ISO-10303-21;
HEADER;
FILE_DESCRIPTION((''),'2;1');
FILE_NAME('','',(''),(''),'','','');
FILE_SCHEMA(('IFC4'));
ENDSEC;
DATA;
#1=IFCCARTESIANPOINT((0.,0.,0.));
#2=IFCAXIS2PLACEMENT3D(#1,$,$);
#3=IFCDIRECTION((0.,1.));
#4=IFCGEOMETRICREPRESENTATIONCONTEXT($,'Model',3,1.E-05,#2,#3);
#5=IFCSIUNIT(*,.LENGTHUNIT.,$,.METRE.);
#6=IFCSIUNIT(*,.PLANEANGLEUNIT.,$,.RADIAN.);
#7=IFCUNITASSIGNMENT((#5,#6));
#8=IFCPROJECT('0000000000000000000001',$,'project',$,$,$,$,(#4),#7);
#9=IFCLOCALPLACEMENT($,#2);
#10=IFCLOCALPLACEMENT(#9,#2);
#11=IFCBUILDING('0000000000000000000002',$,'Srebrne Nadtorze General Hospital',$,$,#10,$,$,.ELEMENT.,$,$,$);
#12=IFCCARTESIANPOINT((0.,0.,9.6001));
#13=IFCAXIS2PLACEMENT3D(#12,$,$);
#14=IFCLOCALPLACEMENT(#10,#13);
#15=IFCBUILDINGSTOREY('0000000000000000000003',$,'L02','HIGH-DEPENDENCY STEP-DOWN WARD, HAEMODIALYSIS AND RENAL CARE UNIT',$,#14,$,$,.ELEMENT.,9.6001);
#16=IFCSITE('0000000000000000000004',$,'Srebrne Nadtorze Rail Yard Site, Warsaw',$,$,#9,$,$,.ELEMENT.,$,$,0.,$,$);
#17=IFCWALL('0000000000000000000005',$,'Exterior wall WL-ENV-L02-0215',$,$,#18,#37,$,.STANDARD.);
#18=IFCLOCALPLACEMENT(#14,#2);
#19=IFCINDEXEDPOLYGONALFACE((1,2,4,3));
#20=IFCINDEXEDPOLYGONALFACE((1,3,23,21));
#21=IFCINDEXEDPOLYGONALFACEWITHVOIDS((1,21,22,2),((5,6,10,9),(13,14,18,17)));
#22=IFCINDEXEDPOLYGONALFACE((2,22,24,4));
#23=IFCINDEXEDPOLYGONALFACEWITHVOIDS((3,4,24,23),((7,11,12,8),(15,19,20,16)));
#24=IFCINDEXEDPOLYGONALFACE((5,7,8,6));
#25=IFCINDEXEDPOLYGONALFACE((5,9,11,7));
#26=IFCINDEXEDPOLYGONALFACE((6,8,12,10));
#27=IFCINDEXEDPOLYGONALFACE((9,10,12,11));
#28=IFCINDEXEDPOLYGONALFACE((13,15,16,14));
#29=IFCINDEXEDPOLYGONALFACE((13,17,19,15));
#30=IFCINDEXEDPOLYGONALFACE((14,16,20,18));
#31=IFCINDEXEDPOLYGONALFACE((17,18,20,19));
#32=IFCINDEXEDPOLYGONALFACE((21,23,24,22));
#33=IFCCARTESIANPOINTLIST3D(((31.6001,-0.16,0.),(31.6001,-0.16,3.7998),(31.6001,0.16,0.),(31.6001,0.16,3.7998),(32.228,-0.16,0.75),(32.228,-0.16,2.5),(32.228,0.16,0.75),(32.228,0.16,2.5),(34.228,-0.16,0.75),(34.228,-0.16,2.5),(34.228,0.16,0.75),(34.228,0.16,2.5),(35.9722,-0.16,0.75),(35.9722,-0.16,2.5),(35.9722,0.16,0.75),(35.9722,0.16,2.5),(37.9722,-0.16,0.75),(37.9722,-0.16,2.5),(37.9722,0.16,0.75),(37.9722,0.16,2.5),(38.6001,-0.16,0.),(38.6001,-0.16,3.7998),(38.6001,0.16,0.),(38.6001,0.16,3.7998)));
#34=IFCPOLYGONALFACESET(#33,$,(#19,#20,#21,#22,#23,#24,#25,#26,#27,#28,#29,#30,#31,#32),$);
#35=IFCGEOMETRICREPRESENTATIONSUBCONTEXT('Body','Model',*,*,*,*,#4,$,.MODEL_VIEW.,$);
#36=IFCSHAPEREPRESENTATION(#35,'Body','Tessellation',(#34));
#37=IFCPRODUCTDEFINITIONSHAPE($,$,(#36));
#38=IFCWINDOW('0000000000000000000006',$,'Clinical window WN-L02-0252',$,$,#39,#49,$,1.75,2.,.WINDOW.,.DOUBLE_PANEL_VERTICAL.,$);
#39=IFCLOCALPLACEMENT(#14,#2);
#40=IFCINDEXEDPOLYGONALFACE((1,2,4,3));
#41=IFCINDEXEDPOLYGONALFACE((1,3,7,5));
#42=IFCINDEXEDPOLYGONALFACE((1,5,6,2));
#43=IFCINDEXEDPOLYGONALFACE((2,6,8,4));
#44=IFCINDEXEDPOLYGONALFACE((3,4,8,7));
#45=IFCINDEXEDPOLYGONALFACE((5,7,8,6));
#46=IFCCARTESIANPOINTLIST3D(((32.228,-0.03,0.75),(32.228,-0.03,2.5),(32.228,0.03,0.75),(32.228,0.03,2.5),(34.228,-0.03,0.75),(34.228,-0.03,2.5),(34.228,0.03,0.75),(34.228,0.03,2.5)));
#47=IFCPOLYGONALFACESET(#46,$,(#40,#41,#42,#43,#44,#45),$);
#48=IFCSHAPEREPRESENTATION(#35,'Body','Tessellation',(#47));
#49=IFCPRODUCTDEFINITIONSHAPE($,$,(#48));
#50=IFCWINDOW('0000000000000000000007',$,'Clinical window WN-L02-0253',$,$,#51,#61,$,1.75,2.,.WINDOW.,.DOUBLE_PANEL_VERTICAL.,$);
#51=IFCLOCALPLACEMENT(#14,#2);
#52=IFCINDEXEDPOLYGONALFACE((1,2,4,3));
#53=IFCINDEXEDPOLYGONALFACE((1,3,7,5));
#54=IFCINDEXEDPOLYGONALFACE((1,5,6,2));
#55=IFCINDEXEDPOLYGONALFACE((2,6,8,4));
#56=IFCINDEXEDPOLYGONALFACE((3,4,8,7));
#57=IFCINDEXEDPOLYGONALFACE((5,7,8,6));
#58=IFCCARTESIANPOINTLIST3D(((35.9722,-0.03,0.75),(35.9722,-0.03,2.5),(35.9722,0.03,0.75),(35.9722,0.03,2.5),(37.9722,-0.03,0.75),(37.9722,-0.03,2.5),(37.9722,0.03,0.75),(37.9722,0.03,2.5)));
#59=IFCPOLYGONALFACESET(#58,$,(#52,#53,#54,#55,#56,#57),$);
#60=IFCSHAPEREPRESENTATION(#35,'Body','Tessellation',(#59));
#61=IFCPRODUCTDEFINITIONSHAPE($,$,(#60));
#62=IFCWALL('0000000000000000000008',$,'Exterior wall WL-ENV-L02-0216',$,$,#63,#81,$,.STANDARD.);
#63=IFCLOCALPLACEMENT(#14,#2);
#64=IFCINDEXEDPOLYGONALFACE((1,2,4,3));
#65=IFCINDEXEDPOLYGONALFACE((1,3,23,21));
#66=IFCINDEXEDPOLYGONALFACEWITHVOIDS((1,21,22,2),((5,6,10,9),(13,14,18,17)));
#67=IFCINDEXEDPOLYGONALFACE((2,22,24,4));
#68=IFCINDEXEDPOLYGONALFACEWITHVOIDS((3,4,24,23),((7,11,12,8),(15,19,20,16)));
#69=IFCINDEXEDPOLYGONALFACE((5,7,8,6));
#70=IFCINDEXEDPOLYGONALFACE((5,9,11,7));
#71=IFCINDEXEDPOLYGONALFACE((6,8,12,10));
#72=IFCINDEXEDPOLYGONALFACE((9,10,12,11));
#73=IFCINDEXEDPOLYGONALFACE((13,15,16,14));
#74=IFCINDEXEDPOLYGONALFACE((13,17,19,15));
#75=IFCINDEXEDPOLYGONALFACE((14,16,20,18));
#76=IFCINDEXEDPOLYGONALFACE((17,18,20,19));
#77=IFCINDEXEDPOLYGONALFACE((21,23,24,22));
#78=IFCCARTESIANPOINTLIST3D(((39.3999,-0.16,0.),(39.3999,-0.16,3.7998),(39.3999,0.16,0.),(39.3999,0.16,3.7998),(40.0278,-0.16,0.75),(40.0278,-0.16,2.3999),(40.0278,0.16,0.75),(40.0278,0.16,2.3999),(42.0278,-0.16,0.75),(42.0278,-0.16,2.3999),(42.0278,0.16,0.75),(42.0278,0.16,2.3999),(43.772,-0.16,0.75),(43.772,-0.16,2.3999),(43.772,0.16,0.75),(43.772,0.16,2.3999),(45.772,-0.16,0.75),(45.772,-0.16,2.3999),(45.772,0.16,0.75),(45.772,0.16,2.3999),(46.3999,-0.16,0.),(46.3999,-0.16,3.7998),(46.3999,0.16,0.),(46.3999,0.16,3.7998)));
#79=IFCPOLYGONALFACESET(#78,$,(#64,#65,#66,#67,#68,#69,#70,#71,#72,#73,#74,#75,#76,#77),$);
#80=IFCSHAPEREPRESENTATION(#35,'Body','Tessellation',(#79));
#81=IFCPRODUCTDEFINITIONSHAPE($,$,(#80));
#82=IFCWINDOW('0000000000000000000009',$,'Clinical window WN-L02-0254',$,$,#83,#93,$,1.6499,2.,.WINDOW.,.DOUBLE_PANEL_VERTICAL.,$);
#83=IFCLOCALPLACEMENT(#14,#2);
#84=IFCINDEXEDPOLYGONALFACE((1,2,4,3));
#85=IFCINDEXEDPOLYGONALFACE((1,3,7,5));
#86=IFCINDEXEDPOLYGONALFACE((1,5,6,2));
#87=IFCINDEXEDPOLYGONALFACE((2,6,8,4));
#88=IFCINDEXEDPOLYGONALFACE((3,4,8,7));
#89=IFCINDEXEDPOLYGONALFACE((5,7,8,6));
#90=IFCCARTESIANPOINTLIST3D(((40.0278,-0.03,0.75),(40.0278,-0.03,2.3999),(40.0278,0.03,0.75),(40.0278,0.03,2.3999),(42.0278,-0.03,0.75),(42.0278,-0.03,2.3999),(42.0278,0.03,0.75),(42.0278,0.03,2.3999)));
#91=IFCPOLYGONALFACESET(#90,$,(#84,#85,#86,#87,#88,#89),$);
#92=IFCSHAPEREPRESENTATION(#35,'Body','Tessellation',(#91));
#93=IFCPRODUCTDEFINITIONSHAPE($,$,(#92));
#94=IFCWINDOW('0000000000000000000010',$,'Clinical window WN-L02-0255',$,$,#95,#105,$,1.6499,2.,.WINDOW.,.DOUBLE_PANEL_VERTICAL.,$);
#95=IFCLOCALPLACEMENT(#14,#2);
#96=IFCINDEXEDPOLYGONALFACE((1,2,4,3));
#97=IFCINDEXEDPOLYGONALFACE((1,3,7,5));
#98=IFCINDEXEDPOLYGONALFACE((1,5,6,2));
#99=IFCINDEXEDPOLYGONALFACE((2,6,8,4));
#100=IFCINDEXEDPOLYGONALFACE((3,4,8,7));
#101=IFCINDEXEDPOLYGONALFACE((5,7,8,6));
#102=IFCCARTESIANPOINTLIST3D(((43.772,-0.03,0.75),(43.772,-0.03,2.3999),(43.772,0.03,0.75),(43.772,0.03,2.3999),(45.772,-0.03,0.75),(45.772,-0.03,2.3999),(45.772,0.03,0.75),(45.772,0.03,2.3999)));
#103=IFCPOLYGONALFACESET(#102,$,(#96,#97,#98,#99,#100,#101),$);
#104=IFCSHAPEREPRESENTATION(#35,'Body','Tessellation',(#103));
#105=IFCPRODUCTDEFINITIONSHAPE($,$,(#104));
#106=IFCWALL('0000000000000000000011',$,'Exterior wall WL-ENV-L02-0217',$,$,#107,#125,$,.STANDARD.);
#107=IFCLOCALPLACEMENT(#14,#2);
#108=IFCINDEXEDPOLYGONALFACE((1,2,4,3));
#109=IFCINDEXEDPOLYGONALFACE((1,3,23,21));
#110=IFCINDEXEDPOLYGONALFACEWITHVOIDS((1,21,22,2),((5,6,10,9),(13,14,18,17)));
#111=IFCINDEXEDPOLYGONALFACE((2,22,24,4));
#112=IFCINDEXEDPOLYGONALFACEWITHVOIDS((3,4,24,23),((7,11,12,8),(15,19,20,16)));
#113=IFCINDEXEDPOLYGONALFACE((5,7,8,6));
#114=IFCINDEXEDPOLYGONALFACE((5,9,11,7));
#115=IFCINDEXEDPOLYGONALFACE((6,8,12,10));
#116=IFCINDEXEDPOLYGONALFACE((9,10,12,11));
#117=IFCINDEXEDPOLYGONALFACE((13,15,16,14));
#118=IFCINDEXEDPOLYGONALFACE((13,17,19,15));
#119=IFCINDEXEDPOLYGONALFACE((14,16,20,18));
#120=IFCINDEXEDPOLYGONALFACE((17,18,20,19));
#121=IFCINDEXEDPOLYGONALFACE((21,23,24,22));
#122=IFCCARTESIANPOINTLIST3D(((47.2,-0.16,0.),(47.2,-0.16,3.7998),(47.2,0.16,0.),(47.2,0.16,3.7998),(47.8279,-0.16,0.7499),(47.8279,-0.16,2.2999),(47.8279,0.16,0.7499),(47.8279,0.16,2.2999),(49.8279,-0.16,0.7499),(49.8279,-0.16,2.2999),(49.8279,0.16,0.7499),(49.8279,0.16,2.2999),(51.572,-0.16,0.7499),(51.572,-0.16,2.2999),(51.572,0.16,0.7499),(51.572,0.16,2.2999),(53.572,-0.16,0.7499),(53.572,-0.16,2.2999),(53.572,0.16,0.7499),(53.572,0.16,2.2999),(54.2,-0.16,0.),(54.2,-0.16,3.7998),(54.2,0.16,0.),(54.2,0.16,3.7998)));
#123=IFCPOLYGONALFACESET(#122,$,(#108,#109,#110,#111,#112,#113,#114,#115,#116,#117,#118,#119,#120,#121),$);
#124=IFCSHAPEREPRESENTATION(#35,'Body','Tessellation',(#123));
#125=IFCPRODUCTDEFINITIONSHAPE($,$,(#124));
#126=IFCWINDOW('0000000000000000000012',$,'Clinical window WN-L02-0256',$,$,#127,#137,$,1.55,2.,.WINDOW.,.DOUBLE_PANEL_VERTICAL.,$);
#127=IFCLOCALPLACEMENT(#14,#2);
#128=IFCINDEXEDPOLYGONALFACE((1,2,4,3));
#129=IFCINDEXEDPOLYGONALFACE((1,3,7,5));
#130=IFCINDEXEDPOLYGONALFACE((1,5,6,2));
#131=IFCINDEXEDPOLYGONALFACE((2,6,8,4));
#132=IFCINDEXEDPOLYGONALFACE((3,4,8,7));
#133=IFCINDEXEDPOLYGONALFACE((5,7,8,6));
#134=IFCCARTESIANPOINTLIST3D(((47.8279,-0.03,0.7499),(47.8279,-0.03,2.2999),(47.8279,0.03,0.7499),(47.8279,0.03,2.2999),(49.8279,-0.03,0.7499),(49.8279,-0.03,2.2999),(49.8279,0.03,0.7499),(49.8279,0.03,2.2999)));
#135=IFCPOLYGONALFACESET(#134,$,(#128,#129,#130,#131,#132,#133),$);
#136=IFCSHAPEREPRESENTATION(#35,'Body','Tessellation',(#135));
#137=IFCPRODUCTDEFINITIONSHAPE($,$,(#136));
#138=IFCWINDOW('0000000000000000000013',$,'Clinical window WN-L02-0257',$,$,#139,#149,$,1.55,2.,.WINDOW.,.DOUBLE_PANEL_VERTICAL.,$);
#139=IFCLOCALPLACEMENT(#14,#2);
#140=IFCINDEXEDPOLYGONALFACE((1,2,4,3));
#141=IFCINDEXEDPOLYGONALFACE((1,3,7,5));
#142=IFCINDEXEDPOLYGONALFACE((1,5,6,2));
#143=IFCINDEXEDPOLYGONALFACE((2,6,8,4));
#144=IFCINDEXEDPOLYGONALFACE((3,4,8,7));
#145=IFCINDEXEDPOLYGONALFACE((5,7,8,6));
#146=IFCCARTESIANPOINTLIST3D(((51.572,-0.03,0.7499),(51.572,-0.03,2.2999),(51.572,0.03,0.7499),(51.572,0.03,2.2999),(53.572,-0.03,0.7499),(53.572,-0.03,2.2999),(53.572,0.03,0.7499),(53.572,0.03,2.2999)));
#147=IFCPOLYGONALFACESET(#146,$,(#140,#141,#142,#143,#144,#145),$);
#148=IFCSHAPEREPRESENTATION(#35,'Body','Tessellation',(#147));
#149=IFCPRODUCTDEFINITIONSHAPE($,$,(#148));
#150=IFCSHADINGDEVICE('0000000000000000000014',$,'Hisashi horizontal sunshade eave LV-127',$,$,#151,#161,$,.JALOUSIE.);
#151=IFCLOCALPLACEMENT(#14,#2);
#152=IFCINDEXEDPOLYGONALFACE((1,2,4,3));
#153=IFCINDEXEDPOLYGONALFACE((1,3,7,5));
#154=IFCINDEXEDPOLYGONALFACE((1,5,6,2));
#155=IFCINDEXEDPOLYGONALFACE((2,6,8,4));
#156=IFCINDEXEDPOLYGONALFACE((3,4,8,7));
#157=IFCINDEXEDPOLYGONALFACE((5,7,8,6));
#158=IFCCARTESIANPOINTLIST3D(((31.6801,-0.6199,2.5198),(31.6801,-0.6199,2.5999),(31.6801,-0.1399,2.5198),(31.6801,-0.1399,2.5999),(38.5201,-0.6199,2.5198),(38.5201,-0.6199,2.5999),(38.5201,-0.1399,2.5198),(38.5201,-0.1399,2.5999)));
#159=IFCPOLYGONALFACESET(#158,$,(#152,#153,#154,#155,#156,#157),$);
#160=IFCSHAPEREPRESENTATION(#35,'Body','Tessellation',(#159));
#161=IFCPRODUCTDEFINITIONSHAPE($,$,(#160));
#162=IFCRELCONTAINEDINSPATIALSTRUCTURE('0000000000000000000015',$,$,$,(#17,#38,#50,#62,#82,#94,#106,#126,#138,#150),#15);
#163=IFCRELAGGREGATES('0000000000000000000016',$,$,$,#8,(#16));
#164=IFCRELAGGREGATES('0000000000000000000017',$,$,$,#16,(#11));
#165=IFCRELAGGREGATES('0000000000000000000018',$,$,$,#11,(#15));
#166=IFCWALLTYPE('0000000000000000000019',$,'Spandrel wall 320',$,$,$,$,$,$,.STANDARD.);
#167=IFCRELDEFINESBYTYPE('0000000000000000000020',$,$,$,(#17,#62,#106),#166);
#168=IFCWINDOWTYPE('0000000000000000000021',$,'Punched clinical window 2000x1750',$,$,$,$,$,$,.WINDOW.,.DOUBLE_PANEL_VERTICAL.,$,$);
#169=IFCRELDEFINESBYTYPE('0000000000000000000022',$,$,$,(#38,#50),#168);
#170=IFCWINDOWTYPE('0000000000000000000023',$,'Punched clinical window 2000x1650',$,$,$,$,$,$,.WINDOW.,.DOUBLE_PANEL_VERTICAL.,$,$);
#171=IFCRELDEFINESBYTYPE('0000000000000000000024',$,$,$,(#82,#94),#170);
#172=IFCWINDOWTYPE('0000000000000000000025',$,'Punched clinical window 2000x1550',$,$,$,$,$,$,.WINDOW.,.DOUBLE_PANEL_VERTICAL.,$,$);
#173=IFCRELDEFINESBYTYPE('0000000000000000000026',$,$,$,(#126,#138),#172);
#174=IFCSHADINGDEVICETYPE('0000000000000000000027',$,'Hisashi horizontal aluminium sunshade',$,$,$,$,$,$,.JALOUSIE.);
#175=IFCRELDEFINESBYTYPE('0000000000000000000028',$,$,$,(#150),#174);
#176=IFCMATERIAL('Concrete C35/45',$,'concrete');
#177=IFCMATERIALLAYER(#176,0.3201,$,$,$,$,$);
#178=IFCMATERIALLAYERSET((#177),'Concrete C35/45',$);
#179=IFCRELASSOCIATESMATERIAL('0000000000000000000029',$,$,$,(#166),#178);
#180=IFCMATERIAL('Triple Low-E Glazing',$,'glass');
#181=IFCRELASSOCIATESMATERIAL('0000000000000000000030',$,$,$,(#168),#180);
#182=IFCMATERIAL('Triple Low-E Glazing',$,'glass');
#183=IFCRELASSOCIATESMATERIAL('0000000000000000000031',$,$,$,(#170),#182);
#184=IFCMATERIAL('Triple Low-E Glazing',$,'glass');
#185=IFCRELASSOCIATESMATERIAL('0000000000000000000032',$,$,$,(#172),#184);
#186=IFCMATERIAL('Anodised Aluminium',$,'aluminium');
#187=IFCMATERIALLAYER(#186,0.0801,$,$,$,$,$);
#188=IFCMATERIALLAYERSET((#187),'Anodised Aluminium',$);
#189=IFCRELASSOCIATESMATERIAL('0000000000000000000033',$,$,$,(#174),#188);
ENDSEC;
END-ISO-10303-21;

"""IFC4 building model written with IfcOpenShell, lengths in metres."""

from ifc_helpers import new_model, si_unit, direction, frame, frame_2d, origin, origin_2d, place, context, subcontext, project, spatial, rectangle, extrude, material, layer, layer_set, type_object, element, fill, save


model = new_model("IFC4")

# Units and contexts
model_context = context("Model", 3, precision=1e-05, world=origin(), true_north=direction((0.0, 1.0)))
body_context = subcontext(model_context, "Body", "Model", "MODEL_VIEW")
ifc_project = project(units=[si_unit("LENGTHUNIT", "METRE"), si_unit("PLANEANGLEUNIT", "RADIAN")], contexts=[model_context])

# Site, building, storey
site_placement = place(None, origin())
site = spatial("IfcSite", under=ifc_project, at=site_placement, Name="Srebrne Nadtorze Rail Yard Site, Warsaw", CompositionType="ELEMENT", RefElevation=0.0)
building_placement = place(site_placement, origin())
building = spatial("IfcBuilding", under=site, at=building_placement, Name="Srebrne Nadtorze General Hospital", CompositionType="ELEMENT")
storey_placement = place(building_placement, frame((0.0, 0.0, 9.6001)))
storey = spatial("IfcBuildingStorey", under=building, at=storey_placement, Name="L02", Description="HIGH-DEPENDENCY STEP-DOWN WARD, HAEMODIALYSIS AND RENAL CARE UNIT", CompositionType="ELEMENT", Elevation=9.6001)

# Walls, openings, windows
ifc_material_1 = material(Name="Concrete C35/45", Category="concrete")
ifc_layer_1 = layer(ifc_material_1, 0.3201)
ifc_layer_set_1 = layer_set([ifc_layer_1], Name="Concrete C35/45")
wall_type_1 = type_object("IfcWallType", Name="Spandrel wall 320", PredefinedType="STANDARD", material=ifc_layer_set_1)
wall_1_placement = place(storey_placement, frame((31.6001, 0.0, 0.0), z_axis=(0.0, 0.0, 1.0), x_axis=(1.0, 0.0, 0.0)))
wall_1 = element("IfcWall", 1, at=wall_1_placement, inside=storey, type_object=wall_type_1, Name="Exterior wall WL-ENV-L02-0215", PredefinedType="STANDARD", context=body_context, shape_type="SweptSolid", body=[
    extrude(rectangle(XDim=7.0, YDim=0.3201, at=frame_2d((3.5, 0.0))), origin(), (0.0, 0.0, 1.0), 3.7998),
])
opening_1_placement = place(wall_1_placement, frame((0.6279, 0.0, 0.75)))
opening_1 = element("IfcOpeningElement", 2, at=opening_1_placement, cuts=wall_1, PredefinedType="OPENING", context=body_context, shape_type="SweptSolid", body=[
    extrude(rectangle(XDim=2.0, YDim=1.75, at=frame_2d((1.0, 0.875))), frame((0.0, 0.1719, 0.0), z_axis=(0.0, -1.0, 0.0), x_axis=(1.0, 0.0, 0.0)), (0.0, 0.0, 1.0), 0.344),
])
opening_2_placement = place(wall_1_placement, frame((4.3721, 0.0, 0.75)))
opening_2 = element("IfcOpeningElement", 3, at=opening_2_placement, cuts=wall_1, PredefinedType="OPENING", context=body_context, shape_type="SweptSolid", body=[
    extrude(rectangle(XDim=2.0, YDim=1.75, at=frame_2d((1.0, 0.875))), frame((0.0, 0.1719, 0.0), z_axis=(0.0, -1.0, 0.0), x_axis=(1.0, 0.0, 0.0)), (0.0, 0.0, 1.0), 0.344),
])
ifc_material_2 = material(Name="Triple Low-E Glazing", Category="glass")
window_type_1 = type_object("IfcWindowType", Name="Punched clinical window 2000x1750", PartitioningType="DOUBLE_PANEL_VERTICAL", PredefinedType="WINDOW", material=ifc_material_2)
window_1_placement = place(opening_1_placement, origin())
window_1 = element("IfcWindow", 4, at=window_1_placement, inside=storey, type_object=window_type_1, Name="Clinical window WN-L02-0252", OverallHeight=1.75, OverallWidth=2.0, PartitioningType="DOUBLE_PANEL_VERTICAL", PredefinedType="WINDOW", context=body_context, shape_type="SweptSolid", body=[
    extrude(rectangle(XDim=2.0, YDim=1.75, at=frame_2d((1.0, 0.875))), frame((0.0, 0.03, 0.0), z_axis=(0.0, -1.0, 0.0), x_axis=(1.0, 0.0, 0.0)), (0.0, 0.0, 1.0), 0.0601),
])
fill(opening_1, window_1)
window_2_placement = place(opening_2_placement, origin())
window_2 = element("IfcWindow", 5, at=window_2_placement, inside=storey, type_object=window_type_1, Name="Clinical window WN-L02-0253", OverallHeight=1.75, OverallWidth=2.0, PartitioningType="DOUBLE_PANEL_VERTICAL", PredefinedType="WINDOW", context=body_context, shape_type="SweptSolid", body=[
    extrude(rectangle(XDim=2.0, YDim=1.75, at=frame_2d((1.0, 0.875))), frame((0.0, 0.03, 0.0), z_axis=(0.0, -1.0, 0.0), x_axis=(1.0, 0.0, 0.0)), (0.0, 0.0, 1.0), 0.0601),
])
fill(opening_2, window_2)
wall_2_placement = place(storey_placement, frame((39.3999, 0.0, 0.0), z_axis=(0.0, 0.0, 1.0), x_axis=(1.0, 0.0, 0.0)))
wall_2 = element("IfcWall", 6, at=wall_2_placement, inside=storey, type_object=wall_type_1, Name="Exterior wall WL-ENV-L02-0216", PredefinedType="STANDARD", context=body_context, shape_type="SweptSolid", body=[
    extrude(rectangle(XDim=7.0, YDim=0.3201, at=frame_2d((3.5, 0.0))), origin(), (0.0, 0.0, 1.0), 3.7998),
])
opening_3_placement = place(wall_2_placement, frame((0.6279, 0.0, 0.75)))
opening_3 = element("IfcOpeningElement", 7, at=opening_3_placement, cuts=wall_2, PredefinedType="OPENING", context=body_context, shape_type="SweptSolid", body=[
    extrude(rectangle(XDim=2.0, YDim=1.6499, at=frame_2d((1.0, 0.825))), frame((0.0, 0.1719, 0.0), z_axis=(0.0, -1.0, 0.0), x_axis=(1.0, 0.0, 0.0)), (0.0, 0.0, 1.0), 0.344),
])
opening_4_placement = place(wall_2_placement, frame((4.3721, 0.0, 0.75)))
opening_4 = element("IfcOpeningElement", 8, at=opening_4_placement, cuts=wall_2, PredefinedType="OPENING", context=body_context, shape_type="SweptSolid", body=[
    extrude(rectangle(XDim=2.0, YDim=1.6499, at=frame_2d((1.0, 0.825))), frame((0.0, 0.1719, 0.0), z_axis=(0.0, -1.0, 0.0), x_axis=(1.0, 0.0, 0.0)), (0.0, 0.0, 1.0), 0.344),
])
ifc_material_3 = material(Name="Triple Low-E Glazing", Category="glass")
window_type_2 = type_object("IfcWindowType", Name="Punched clinical window 2000x1650", PartitioningType="DOUBLE_PANEL_VERTICAL", PredefinedType="WINDOW", material=ifc_material_3)
window_3_placement = place(opening_3_placement, origin())
window_3 = element("IfcWindow", 9, at=window_3_placement, inside=storey, type_object=window_type_2, Name="Clinical window WN-L02-0254", OverallHeight=1.6499, OverallWidth=2.0, PartitioningType="DOUBLE_PANEL_VERTICAL", PredefinedType="WINDOW", context=body_context, shape_type="SweptSolid", body=[
    extrude(rectangle(XDim=2.0, YDim=1.6499, at=frame_2d((1.0, 0.825))), frame((0.0, 0.03, 0.0), z_axis=(0.0, -1.0, 0.0), x_axis=(1.0, 0.0, 0.0)), (0.0, 0.0, 1.0), 0.0601),
])
fill(opening_3, window_3)
window_4_placement = place(opening_4_placement, origin())
window_4 = element("IfcWindow", 10, at=window_4_placement, inside=storey, type_object=window_type_2, Name="Clinical window WN-L02-0255", OverallHeight=1.6499, OverallWidth=2.0, PartitioningType="DOUBLE_PANEL_VERTICAL", PredefinedType="WINDOW", context=body_context, shape_type="SweptSolid", body=[
    extrude(rectangle(XDim=2.0, YDim=1.6499, at=frame_2d((1.0, 0.825))), frame((0.0, 0.03, 0.0), z_axis=(0.0, -1.0, 0.0), x_axis=(1.0, 0.0, 0.0)), (0.0, 0.0, 1.0), 0.0601),
])
fill(opening_4, window_4)
wall_3_placement = place(storey_placement, frame((47.2, 0.0, 0.0), z_axis=(0.0, 0.0, 1.0), x_axis=(1.0, 0.0, 0.0)))
wall_3 = element("IfcWall", 11, at=wall_3_placement, inside=storey, type_object=wall_type_1, Name="Exterior wall WL-ENV-L02-0217", PredefinedType="STANDARD", context=body_context, shape_type="SweptSolid", body=[
    extrude(rectangle(XDim=7.0, YDim=0.3201, at=frame_2d((3.5, 0.0))), origin(), (0.0, 0.0, 1.0), 3.7998),
])
opening_5_placement = place(wall_3_placement, frame((0.6279, 0.0, 0.75)))
opening_5 = element("IfcOpeningElement", 12, at=opening_5_placement, cuts=wall_3, PredefinedType="OPENING", context=body_context, shape_type="SweptSolid", body=[
    extrude(rectangle(XDim=2.0, YDim=1.55, at=frame_2d((1.0, 0.7749))), frame((0.0, 0.1719, 0.0), z_axis=(0.0, -1.0, 0.0), x_axis=(1.0, 0.0, 0.0)), (0.0, 0.0, 1.0), 0.344),
])
opening_6_placement = place(wall_3_placement, frame((4.3721, 0.0, 0.75)))
opening_6 = element("IfcOpeningElement", 13, at=opening_6_placement, cuts=wall_3, PredefinedType="OPENING", context=body_context, shape_type="SweptSolid", body=[
    extrude(rectangle(XDim=2.0, YDim=1.55, at=frame_2d((1.0, 0.7749))), frame((0.0, 0.1719, 0.0), z_axis=(0.0, -1.0, 0.0), x_axis=(1.0, 0.0, 0.0)), (0.0, 0.0, 1.0), 0.344),
])
ifc_material_4 = material(Name="Triple Low-E Glazing", Category="glass")
window_type_3 = type_object("IfcWindowType", Name="Punched clinical window 2000x1550", PartitioningType="DOUBLE_PANEL_VERTICAL", PredefinedType="WINDOW", material=ifc_material_4)
window_5_placement = place(opening_5_placement, origin())
window_5 = element("IfcWindow", 14, at=window_5_placement, inside=storey, type_object=window_type_3, Name="Clinical window WN-L02-0256", OverallHeight=1.55, OverallWidth=2.0, PartitioningType="DOUBLE_PANEL_VERTICAL", PredefinedType="WINDOW", context=body_context, shape_type="SweptSolid", body=[
    extrude(rectangle(XDim=2.0, YDim=1.55, at=frame_2d((1.0, 0.7749))), frame((0.0, 0.03, 0.0), z_axis=(0.0, -1.0, 0.0), x_axis=(1.0, 0.0, 0.0)), (0.0, 0.0, 1.0), 0.0601),
])
fill(opening_5, window_5)
window_6_placement = place(opening_6_placement, origin())
window_6 = element("IfcWindow", 15, at=window_6_placement, inside=storey, type_object=window_type_3, Name="Clinical window WN-L02-0257", OverallHeight=1.55, OverallWidth=2.0, PartitioningType="DOUBLE_PANEL_VERTICAL", PredefinedType="WINDOW", context=body_context, shape_type="SweptSolid", body=[
    extrude(rectangle(XDim=2.0, YDim=1.55, at=frame_2d((1.0, 0.7749))), frame((0.0, 0.03, 0.0), z_axis=(0.0, -1.0, 0.0), x_axis=(1.0, 0.0, 0.0)), (0.0, 0.0, 1.0), 0.0601),
])
fill(opening_6, window_6)

# Shading device
ifc_material_5 = material(Name="Anodised Aluminium", Category="aluminium")
ifc_layer_2 = layer(ifc_material_5, 0.0801)
ifc_layer_set_2 = layer_set([ifc_layer_2], Name="Anodised Aluminium")
shading_device_type = type_object("IfcShadingDeviceType", Name="Hisashi horizontal aluminium sunshade", PredefinedType="JALOUSIE", material=ifc_layer_set_2)
for number, where, z_axis, x_axis, name in (
    (16, (35.1001, -0.3799, 2.5198), (0.0, 0.0, 1.0), (1.0, 0.0, 0.0), "Hisashi horizontal sunshade eave LV-127"),
):
    element("IfcShadingDevice", number, at=place(storey_placement, frame(where, z_axis=z_axis, x_axis=x_axis)), inside=storey, type_object=shading_device_type, Name=name, PredefinedType="JALOUSIE", context=body_context, shape_type="SweptSolid", body=[
        extrude(rectangle(XDim=6.8401, YDim=0.48, at=origin_2d()), origin(), (0.0, 0.0, 1.0), 0.0801),
    ])

save(model, "model.ifc")
